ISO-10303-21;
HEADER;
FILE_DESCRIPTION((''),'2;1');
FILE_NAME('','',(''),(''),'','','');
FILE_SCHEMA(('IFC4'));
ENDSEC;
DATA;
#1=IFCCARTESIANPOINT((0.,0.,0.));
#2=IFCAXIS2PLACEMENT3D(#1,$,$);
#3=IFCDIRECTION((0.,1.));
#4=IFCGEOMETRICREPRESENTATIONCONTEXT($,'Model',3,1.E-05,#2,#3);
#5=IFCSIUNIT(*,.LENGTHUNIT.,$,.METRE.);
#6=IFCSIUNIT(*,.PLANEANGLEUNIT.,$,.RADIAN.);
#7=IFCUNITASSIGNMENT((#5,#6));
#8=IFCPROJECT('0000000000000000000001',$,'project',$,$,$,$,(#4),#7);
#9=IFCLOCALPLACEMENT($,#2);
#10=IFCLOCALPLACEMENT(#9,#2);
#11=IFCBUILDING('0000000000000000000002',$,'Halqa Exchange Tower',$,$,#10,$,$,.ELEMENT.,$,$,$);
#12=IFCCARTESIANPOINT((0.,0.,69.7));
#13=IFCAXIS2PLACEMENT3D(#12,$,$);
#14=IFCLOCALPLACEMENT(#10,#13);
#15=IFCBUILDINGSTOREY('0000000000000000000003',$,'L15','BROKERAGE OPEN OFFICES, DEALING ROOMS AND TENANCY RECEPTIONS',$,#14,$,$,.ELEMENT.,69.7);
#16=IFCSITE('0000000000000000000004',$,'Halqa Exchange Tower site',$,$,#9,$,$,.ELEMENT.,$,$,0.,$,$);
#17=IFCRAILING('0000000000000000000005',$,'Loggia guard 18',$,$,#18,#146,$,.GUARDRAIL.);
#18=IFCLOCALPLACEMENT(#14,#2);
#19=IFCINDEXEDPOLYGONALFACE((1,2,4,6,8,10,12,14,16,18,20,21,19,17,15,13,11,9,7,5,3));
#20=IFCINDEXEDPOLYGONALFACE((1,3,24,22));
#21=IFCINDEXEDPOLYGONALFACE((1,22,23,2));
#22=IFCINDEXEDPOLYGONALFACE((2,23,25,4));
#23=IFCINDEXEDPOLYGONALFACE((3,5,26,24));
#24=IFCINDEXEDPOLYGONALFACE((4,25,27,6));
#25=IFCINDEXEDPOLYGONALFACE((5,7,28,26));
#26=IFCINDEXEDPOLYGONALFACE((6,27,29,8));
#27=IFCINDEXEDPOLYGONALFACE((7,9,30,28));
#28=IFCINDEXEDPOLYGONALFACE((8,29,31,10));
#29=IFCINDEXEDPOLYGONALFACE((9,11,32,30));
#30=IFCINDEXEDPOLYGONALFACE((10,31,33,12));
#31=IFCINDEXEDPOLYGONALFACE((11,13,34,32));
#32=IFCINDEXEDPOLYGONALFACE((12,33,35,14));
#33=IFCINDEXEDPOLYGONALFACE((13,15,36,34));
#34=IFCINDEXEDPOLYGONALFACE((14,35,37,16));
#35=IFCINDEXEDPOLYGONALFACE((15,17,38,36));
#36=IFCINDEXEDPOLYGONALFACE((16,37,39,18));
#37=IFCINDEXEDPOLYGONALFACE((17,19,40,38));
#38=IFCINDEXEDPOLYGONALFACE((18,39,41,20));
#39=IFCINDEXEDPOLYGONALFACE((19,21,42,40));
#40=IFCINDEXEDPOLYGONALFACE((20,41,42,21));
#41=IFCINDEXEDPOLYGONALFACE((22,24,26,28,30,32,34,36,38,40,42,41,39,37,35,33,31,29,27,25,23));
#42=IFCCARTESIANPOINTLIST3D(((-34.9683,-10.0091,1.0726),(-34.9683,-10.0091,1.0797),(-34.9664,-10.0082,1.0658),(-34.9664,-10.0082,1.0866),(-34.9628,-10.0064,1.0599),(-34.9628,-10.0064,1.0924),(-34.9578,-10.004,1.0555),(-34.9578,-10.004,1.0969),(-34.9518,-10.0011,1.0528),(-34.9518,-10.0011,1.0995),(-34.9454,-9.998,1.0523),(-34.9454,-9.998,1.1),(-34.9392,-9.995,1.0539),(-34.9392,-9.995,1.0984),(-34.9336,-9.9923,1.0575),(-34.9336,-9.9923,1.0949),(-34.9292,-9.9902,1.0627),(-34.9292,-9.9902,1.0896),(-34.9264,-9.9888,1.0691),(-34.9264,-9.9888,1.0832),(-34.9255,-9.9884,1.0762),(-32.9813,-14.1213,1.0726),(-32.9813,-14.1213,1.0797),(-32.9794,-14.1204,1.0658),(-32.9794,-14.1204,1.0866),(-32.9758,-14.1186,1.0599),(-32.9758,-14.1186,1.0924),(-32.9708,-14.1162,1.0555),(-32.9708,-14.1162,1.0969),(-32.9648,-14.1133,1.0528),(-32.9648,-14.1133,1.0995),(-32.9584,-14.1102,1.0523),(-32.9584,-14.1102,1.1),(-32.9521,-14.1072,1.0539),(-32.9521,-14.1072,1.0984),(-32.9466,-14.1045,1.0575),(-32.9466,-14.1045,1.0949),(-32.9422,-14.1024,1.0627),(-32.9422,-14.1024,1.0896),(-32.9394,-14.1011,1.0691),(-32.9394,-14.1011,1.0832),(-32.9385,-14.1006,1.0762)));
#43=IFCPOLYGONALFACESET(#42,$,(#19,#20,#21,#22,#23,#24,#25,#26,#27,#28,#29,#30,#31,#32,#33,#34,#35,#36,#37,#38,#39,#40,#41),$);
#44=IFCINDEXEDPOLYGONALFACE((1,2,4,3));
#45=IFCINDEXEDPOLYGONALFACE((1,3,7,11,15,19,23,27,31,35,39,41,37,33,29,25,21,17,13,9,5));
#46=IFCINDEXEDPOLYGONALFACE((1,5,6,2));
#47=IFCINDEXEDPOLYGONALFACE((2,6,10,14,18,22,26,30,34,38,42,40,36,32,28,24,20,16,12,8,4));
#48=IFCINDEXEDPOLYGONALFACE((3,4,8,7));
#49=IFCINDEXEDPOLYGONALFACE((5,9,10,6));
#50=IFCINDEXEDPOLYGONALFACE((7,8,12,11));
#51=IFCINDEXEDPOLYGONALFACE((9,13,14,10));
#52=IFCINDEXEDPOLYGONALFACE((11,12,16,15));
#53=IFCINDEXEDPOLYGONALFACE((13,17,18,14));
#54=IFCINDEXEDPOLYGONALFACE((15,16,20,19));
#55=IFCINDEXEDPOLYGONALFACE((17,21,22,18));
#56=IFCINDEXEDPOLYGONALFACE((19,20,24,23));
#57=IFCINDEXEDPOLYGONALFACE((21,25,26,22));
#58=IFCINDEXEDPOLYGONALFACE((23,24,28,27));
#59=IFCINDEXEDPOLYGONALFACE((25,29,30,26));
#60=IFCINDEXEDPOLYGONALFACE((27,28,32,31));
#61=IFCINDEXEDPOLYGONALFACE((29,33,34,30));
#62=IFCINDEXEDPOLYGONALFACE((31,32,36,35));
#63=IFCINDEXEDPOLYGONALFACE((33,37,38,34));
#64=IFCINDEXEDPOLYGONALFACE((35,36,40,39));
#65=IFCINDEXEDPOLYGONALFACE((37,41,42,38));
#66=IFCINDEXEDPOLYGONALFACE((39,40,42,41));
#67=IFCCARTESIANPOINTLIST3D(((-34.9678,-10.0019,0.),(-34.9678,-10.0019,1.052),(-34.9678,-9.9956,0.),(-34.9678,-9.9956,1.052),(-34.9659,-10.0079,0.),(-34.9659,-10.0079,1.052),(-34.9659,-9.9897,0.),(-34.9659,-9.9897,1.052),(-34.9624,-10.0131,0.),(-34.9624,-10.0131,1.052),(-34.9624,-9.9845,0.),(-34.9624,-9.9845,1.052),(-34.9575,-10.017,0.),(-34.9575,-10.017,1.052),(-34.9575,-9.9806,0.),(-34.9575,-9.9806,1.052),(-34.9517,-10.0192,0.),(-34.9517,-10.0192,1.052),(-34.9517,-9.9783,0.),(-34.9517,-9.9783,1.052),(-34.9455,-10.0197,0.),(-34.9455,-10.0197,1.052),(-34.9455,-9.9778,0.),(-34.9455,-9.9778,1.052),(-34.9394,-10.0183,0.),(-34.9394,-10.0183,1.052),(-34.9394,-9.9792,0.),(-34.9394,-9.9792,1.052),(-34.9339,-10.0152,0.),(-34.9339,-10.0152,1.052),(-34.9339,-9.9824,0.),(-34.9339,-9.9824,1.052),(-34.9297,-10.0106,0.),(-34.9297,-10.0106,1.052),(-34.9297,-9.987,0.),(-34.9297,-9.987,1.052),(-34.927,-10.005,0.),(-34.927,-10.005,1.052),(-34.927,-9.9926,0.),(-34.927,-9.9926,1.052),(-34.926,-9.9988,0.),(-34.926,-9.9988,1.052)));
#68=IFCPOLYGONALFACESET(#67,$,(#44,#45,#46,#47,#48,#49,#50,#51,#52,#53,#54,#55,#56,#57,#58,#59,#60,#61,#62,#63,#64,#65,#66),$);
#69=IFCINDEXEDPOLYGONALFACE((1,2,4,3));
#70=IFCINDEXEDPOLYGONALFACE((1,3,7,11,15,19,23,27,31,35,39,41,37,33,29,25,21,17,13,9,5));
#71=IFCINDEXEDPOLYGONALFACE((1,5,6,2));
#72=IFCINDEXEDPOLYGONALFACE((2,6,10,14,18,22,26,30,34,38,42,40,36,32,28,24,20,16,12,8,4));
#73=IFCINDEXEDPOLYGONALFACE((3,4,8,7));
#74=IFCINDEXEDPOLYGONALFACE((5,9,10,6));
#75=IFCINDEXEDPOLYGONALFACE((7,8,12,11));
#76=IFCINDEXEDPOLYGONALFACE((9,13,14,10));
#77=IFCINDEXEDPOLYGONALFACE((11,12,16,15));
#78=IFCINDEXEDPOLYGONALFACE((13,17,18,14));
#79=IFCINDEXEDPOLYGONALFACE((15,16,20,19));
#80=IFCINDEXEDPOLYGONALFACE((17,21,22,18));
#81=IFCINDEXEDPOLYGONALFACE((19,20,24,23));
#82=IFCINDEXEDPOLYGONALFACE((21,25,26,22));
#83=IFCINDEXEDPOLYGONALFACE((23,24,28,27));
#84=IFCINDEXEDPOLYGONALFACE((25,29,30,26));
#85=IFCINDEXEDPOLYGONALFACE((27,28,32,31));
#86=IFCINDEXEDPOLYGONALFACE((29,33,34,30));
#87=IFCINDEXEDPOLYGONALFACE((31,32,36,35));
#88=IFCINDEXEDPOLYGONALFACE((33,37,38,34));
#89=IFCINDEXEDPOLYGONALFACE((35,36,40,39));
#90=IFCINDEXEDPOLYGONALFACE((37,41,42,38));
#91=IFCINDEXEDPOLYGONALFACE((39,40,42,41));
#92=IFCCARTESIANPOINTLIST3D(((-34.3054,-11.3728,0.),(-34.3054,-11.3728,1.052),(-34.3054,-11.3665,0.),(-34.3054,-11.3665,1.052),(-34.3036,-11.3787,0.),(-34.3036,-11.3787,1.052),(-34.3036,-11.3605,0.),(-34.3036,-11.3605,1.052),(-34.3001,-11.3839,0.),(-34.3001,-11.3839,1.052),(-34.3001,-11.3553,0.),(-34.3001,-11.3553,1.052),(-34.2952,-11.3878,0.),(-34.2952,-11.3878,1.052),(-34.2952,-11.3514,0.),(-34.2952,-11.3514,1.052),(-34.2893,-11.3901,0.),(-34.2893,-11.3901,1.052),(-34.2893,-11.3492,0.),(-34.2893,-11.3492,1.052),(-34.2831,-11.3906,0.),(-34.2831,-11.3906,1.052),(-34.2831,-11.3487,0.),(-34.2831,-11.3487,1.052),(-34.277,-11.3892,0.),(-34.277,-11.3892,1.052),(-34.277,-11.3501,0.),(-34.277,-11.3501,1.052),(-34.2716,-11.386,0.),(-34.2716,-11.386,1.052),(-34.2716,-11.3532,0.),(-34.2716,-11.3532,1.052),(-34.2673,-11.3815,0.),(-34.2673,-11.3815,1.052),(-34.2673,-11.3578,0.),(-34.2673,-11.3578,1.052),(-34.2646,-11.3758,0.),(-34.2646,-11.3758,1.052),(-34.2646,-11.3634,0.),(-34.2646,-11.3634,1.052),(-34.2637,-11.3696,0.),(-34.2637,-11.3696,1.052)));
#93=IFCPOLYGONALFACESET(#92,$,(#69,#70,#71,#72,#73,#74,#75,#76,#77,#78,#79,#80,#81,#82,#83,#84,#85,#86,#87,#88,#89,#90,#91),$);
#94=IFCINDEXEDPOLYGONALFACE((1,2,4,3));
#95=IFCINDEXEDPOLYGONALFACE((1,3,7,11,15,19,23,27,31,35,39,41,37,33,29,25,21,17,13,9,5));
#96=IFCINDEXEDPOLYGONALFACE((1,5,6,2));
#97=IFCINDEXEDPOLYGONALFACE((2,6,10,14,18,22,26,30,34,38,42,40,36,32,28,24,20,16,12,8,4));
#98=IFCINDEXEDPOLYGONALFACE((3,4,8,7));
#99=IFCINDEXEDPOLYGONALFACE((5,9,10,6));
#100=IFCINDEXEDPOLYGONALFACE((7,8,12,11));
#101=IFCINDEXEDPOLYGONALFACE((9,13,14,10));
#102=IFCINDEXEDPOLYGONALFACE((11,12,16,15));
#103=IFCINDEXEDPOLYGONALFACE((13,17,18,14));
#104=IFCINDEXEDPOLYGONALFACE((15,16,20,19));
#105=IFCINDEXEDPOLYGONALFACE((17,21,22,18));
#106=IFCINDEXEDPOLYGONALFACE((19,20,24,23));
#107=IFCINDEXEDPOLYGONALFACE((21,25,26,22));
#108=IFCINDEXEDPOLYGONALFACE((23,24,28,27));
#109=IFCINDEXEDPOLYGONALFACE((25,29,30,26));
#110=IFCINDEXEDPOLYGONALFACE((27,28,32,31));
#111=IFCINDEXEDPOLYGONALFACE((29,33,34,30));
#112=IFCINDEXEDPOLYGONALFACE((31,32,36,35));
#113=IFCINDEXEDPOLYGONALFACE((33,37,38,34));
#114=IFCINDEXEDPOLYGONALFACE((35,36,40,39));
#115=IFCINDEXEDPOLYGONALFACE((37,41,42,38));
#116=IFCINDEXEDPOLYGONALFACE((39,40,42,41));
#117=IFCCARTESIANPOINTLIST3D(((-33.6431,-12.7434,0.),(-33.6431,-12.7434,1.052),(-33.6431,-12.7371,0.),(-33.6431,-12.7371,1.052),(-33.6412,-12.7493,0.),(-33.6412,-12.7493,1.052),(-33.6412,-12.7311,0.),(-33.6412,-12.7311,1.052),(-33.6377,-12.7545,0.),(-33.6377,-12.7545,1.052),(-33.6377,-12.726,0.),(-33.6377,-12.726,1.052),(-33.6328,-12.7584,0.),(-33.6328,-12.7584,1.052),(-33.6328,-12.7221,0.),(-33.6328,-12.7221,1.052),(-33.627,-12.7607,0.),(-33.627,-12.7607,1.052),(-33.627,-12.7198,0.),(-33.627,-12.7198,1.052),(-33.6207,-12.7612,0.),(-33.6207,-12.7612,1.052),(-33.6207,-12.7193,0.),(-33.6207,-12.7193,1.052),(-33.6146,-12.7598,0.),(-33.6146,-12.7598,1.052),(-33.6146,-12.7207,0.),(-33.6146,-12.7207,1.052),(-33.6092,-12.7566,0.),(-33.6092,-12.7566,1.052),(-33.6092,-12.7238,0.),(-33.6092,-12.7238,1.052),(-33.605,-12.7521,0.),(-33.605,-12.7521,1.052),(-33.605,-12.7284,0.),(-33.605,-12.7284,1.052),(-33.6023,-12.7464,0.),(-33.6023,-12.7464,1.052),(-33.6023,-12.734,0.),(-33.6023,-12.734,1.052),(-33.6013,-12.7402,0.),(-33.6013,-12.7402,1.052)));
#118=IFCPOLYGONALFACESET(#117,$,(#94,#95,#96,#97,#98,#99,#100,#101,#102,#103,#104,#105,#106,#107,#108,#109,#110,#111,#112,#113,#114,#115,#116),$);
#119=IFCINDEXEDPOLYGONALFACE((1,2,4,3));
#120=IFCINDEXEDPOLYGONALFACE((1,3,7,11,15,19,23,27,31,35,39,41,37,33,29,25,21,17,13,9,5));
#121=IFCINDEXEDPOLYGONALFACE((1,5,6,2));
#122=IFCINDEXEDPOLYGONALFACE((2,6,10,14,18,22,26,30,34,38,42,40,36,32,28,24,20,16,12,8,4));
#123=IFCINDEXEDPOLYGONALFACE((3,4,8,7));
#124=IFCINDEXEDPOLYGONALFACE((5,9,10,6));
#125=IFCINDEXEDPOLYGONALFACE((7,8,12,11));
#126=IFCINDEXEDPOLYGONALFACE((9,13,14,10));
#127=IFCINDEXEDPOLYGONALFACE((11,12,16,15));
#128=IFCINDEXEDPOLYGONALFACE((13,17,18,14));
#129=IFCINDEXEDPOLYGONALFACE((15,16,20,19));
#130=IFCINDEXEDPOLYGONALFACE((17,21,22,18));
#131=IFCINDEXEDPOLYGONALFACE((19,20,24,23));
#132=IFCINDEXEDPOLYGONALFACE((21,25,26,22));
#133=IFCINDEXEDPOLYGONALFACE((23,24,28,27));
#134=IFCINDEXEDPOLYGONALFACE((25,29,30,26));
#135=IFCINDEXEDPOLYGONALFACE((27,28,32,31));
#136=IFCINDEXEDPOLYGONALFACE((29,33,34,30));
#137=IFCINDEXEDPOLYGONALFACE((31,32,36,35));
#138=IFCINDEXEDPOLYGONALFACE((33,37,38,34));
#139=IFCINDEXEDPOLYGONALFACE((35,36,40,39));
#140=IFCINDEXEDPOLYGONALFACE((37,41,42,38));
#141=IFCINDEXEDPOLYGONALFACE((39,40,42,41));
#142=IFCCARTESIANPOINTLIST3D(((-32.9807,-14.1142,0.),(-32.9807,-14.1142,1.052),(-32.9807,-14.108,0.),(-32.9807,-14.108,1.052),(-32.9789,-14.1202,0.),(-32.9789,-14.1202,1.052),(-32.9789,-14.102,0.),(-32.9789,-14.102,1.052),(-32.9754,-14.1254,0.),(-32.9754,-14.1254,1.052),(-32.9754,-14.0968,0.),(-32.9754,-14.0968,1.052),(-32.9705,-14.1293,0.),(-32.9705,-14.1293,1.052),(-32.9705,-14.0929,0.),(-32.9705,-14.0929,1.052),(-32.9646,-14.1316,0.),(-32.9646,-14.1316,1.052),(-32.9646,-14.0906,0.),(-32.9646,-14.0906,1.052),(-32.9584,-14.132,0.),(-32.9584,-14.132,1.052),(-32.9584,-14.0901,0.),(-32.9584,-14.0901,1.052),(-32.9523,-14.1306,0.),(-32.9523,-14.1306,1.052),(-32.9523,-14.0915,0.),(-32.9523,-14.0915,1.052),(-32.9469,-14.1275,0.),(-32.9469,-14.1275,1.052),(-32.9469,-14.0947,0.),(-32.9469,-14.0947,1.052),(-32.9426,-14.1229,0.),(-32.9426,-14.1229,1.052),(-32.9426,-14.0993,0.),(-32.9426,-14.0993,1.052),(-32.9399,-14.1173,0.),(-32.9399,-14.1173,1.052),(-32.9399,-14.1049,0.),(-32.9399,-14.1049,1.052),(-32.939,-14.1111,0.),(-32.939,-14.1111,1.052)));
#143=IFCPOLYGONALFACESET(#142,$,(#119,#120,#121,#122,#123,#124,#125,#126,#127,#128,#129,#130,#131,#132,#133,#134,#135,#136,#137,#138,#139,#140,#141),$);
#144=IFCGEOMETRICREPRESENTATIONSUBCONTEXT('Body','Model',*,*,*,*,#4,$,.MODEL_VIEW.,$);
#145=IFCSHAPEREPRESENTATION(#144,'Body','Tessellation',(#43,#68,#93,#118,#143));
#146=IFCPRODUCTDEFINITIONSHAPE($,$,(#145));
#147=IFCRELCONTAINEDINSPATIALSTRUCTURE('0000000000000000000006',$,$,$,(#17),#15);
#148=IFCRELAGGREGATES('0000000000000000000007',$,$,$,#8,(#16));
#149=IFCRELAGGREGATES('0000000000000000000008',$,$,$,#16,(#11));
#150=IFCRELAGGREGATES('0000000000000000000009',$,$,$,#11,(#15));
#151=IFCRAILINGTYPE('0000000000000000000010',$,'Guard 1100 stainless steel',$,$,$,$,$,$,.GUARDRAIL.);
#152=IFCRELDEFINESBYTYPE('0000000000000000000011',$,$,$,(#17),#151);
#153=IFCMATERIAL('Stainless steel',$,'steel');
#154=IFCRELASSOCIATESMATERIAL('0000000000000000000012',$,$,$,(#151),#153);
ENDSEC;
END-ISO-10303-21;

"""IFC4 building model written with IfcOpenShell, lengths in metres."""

from ifc_helpers import new_model, si_unit, direction, frame, origin, origin_2d, place, context, subcontext, project, spatial, circle, extrude, material, type_object, element, save


model = new_model("IFC4")

# Units and contexts
model_context = context("Model", 3, precision=1e-05, world=origin(), true_north=direction((0.0, 1.0)))
body_context = subcontext(model_context, "Body", "Model", "MODEL_VIEW")
ifc_project = project(units=[si_unit("LENGTHUNIT", "METRE"), si_unit("PLANEANGLEUNIT", "RADIAN")], contexts=[model_context])

# Site, building, storey
site_placement = place(None, origin())
site = spatial("IfcSite", under=ifc_project, at=site_placement, Name="Halqa Exchange Tower site", CompositionType="ELEMENT", RefElevation=0.0)
building_placement = place(site_placement, origin())
building = spatial("IfcBuilding", under=site, at=building_placement, Name="Halqa Exchange Tower", CompositionType="ELEMENT")
storey_placement = place(building_placement, frame((0.0, 0.0, 69.7)))
storey = spatial("IfcBuildingStorey", under=building, at=storey_placement, Name="L15", Description="BROKERAGE OPEN OFFICES, DEALING ROOMS AND TENANCY RECEPTIONS", CompositionType="ELEMENT", Elevation=69.7)

# Railing
ifc_material_1 = material(Name="Stainless steel", Category="steel")
railing_type = type_object("IfcRailingType", Name="Guard 1100 stainless steel", PredefinedType="GUARDRAIL", material=ifc_material_1)
railing_1_placement = place(storey_placement, frame((-34.947, -9.9988, 0.0)))
element("IfcRailing", 1, at=railing_1_placement, inside=storey, type_object=railing_type, Name="Loggia guard 18", PredefinedType="GUARDRAIL", context=body_context, shape_type="SweptSolid", body=[
    extrude(circle(Radius=0.0239, at=origin_2d()), frame((0.0, 0.0, 1.0762), z_axis=(0.43507, -0.900396, 0.0), x_axis=(0.900396, 0.43507, 0.0)), (0.0, 0.0, 1.0), 4.5671),
    extrude(circle(Radius=0.021, at=origin_2d()), origin(), (0.0, 0.0, 1.0), 1.052),
    extrude(circle(Radius=0.021, at=origin_2d()), frame((0.6624, -1.3708, 0.0)), (0.0, 0.0, 1.0), 1.052),
    extrude(circle(Radius=0.021, at=origin_2d()), frame((1.3247, -2.7415, 0.0)), (0.0, 0.0, 1.0), 1.052),
    extrude(circle(Radius=0.021, at=origin_2d()), frame((1.9871, -4.1123, 0.0)), (0.0, 0.0, 1.0), 1.052),
])

save(model, "model.ifc")
